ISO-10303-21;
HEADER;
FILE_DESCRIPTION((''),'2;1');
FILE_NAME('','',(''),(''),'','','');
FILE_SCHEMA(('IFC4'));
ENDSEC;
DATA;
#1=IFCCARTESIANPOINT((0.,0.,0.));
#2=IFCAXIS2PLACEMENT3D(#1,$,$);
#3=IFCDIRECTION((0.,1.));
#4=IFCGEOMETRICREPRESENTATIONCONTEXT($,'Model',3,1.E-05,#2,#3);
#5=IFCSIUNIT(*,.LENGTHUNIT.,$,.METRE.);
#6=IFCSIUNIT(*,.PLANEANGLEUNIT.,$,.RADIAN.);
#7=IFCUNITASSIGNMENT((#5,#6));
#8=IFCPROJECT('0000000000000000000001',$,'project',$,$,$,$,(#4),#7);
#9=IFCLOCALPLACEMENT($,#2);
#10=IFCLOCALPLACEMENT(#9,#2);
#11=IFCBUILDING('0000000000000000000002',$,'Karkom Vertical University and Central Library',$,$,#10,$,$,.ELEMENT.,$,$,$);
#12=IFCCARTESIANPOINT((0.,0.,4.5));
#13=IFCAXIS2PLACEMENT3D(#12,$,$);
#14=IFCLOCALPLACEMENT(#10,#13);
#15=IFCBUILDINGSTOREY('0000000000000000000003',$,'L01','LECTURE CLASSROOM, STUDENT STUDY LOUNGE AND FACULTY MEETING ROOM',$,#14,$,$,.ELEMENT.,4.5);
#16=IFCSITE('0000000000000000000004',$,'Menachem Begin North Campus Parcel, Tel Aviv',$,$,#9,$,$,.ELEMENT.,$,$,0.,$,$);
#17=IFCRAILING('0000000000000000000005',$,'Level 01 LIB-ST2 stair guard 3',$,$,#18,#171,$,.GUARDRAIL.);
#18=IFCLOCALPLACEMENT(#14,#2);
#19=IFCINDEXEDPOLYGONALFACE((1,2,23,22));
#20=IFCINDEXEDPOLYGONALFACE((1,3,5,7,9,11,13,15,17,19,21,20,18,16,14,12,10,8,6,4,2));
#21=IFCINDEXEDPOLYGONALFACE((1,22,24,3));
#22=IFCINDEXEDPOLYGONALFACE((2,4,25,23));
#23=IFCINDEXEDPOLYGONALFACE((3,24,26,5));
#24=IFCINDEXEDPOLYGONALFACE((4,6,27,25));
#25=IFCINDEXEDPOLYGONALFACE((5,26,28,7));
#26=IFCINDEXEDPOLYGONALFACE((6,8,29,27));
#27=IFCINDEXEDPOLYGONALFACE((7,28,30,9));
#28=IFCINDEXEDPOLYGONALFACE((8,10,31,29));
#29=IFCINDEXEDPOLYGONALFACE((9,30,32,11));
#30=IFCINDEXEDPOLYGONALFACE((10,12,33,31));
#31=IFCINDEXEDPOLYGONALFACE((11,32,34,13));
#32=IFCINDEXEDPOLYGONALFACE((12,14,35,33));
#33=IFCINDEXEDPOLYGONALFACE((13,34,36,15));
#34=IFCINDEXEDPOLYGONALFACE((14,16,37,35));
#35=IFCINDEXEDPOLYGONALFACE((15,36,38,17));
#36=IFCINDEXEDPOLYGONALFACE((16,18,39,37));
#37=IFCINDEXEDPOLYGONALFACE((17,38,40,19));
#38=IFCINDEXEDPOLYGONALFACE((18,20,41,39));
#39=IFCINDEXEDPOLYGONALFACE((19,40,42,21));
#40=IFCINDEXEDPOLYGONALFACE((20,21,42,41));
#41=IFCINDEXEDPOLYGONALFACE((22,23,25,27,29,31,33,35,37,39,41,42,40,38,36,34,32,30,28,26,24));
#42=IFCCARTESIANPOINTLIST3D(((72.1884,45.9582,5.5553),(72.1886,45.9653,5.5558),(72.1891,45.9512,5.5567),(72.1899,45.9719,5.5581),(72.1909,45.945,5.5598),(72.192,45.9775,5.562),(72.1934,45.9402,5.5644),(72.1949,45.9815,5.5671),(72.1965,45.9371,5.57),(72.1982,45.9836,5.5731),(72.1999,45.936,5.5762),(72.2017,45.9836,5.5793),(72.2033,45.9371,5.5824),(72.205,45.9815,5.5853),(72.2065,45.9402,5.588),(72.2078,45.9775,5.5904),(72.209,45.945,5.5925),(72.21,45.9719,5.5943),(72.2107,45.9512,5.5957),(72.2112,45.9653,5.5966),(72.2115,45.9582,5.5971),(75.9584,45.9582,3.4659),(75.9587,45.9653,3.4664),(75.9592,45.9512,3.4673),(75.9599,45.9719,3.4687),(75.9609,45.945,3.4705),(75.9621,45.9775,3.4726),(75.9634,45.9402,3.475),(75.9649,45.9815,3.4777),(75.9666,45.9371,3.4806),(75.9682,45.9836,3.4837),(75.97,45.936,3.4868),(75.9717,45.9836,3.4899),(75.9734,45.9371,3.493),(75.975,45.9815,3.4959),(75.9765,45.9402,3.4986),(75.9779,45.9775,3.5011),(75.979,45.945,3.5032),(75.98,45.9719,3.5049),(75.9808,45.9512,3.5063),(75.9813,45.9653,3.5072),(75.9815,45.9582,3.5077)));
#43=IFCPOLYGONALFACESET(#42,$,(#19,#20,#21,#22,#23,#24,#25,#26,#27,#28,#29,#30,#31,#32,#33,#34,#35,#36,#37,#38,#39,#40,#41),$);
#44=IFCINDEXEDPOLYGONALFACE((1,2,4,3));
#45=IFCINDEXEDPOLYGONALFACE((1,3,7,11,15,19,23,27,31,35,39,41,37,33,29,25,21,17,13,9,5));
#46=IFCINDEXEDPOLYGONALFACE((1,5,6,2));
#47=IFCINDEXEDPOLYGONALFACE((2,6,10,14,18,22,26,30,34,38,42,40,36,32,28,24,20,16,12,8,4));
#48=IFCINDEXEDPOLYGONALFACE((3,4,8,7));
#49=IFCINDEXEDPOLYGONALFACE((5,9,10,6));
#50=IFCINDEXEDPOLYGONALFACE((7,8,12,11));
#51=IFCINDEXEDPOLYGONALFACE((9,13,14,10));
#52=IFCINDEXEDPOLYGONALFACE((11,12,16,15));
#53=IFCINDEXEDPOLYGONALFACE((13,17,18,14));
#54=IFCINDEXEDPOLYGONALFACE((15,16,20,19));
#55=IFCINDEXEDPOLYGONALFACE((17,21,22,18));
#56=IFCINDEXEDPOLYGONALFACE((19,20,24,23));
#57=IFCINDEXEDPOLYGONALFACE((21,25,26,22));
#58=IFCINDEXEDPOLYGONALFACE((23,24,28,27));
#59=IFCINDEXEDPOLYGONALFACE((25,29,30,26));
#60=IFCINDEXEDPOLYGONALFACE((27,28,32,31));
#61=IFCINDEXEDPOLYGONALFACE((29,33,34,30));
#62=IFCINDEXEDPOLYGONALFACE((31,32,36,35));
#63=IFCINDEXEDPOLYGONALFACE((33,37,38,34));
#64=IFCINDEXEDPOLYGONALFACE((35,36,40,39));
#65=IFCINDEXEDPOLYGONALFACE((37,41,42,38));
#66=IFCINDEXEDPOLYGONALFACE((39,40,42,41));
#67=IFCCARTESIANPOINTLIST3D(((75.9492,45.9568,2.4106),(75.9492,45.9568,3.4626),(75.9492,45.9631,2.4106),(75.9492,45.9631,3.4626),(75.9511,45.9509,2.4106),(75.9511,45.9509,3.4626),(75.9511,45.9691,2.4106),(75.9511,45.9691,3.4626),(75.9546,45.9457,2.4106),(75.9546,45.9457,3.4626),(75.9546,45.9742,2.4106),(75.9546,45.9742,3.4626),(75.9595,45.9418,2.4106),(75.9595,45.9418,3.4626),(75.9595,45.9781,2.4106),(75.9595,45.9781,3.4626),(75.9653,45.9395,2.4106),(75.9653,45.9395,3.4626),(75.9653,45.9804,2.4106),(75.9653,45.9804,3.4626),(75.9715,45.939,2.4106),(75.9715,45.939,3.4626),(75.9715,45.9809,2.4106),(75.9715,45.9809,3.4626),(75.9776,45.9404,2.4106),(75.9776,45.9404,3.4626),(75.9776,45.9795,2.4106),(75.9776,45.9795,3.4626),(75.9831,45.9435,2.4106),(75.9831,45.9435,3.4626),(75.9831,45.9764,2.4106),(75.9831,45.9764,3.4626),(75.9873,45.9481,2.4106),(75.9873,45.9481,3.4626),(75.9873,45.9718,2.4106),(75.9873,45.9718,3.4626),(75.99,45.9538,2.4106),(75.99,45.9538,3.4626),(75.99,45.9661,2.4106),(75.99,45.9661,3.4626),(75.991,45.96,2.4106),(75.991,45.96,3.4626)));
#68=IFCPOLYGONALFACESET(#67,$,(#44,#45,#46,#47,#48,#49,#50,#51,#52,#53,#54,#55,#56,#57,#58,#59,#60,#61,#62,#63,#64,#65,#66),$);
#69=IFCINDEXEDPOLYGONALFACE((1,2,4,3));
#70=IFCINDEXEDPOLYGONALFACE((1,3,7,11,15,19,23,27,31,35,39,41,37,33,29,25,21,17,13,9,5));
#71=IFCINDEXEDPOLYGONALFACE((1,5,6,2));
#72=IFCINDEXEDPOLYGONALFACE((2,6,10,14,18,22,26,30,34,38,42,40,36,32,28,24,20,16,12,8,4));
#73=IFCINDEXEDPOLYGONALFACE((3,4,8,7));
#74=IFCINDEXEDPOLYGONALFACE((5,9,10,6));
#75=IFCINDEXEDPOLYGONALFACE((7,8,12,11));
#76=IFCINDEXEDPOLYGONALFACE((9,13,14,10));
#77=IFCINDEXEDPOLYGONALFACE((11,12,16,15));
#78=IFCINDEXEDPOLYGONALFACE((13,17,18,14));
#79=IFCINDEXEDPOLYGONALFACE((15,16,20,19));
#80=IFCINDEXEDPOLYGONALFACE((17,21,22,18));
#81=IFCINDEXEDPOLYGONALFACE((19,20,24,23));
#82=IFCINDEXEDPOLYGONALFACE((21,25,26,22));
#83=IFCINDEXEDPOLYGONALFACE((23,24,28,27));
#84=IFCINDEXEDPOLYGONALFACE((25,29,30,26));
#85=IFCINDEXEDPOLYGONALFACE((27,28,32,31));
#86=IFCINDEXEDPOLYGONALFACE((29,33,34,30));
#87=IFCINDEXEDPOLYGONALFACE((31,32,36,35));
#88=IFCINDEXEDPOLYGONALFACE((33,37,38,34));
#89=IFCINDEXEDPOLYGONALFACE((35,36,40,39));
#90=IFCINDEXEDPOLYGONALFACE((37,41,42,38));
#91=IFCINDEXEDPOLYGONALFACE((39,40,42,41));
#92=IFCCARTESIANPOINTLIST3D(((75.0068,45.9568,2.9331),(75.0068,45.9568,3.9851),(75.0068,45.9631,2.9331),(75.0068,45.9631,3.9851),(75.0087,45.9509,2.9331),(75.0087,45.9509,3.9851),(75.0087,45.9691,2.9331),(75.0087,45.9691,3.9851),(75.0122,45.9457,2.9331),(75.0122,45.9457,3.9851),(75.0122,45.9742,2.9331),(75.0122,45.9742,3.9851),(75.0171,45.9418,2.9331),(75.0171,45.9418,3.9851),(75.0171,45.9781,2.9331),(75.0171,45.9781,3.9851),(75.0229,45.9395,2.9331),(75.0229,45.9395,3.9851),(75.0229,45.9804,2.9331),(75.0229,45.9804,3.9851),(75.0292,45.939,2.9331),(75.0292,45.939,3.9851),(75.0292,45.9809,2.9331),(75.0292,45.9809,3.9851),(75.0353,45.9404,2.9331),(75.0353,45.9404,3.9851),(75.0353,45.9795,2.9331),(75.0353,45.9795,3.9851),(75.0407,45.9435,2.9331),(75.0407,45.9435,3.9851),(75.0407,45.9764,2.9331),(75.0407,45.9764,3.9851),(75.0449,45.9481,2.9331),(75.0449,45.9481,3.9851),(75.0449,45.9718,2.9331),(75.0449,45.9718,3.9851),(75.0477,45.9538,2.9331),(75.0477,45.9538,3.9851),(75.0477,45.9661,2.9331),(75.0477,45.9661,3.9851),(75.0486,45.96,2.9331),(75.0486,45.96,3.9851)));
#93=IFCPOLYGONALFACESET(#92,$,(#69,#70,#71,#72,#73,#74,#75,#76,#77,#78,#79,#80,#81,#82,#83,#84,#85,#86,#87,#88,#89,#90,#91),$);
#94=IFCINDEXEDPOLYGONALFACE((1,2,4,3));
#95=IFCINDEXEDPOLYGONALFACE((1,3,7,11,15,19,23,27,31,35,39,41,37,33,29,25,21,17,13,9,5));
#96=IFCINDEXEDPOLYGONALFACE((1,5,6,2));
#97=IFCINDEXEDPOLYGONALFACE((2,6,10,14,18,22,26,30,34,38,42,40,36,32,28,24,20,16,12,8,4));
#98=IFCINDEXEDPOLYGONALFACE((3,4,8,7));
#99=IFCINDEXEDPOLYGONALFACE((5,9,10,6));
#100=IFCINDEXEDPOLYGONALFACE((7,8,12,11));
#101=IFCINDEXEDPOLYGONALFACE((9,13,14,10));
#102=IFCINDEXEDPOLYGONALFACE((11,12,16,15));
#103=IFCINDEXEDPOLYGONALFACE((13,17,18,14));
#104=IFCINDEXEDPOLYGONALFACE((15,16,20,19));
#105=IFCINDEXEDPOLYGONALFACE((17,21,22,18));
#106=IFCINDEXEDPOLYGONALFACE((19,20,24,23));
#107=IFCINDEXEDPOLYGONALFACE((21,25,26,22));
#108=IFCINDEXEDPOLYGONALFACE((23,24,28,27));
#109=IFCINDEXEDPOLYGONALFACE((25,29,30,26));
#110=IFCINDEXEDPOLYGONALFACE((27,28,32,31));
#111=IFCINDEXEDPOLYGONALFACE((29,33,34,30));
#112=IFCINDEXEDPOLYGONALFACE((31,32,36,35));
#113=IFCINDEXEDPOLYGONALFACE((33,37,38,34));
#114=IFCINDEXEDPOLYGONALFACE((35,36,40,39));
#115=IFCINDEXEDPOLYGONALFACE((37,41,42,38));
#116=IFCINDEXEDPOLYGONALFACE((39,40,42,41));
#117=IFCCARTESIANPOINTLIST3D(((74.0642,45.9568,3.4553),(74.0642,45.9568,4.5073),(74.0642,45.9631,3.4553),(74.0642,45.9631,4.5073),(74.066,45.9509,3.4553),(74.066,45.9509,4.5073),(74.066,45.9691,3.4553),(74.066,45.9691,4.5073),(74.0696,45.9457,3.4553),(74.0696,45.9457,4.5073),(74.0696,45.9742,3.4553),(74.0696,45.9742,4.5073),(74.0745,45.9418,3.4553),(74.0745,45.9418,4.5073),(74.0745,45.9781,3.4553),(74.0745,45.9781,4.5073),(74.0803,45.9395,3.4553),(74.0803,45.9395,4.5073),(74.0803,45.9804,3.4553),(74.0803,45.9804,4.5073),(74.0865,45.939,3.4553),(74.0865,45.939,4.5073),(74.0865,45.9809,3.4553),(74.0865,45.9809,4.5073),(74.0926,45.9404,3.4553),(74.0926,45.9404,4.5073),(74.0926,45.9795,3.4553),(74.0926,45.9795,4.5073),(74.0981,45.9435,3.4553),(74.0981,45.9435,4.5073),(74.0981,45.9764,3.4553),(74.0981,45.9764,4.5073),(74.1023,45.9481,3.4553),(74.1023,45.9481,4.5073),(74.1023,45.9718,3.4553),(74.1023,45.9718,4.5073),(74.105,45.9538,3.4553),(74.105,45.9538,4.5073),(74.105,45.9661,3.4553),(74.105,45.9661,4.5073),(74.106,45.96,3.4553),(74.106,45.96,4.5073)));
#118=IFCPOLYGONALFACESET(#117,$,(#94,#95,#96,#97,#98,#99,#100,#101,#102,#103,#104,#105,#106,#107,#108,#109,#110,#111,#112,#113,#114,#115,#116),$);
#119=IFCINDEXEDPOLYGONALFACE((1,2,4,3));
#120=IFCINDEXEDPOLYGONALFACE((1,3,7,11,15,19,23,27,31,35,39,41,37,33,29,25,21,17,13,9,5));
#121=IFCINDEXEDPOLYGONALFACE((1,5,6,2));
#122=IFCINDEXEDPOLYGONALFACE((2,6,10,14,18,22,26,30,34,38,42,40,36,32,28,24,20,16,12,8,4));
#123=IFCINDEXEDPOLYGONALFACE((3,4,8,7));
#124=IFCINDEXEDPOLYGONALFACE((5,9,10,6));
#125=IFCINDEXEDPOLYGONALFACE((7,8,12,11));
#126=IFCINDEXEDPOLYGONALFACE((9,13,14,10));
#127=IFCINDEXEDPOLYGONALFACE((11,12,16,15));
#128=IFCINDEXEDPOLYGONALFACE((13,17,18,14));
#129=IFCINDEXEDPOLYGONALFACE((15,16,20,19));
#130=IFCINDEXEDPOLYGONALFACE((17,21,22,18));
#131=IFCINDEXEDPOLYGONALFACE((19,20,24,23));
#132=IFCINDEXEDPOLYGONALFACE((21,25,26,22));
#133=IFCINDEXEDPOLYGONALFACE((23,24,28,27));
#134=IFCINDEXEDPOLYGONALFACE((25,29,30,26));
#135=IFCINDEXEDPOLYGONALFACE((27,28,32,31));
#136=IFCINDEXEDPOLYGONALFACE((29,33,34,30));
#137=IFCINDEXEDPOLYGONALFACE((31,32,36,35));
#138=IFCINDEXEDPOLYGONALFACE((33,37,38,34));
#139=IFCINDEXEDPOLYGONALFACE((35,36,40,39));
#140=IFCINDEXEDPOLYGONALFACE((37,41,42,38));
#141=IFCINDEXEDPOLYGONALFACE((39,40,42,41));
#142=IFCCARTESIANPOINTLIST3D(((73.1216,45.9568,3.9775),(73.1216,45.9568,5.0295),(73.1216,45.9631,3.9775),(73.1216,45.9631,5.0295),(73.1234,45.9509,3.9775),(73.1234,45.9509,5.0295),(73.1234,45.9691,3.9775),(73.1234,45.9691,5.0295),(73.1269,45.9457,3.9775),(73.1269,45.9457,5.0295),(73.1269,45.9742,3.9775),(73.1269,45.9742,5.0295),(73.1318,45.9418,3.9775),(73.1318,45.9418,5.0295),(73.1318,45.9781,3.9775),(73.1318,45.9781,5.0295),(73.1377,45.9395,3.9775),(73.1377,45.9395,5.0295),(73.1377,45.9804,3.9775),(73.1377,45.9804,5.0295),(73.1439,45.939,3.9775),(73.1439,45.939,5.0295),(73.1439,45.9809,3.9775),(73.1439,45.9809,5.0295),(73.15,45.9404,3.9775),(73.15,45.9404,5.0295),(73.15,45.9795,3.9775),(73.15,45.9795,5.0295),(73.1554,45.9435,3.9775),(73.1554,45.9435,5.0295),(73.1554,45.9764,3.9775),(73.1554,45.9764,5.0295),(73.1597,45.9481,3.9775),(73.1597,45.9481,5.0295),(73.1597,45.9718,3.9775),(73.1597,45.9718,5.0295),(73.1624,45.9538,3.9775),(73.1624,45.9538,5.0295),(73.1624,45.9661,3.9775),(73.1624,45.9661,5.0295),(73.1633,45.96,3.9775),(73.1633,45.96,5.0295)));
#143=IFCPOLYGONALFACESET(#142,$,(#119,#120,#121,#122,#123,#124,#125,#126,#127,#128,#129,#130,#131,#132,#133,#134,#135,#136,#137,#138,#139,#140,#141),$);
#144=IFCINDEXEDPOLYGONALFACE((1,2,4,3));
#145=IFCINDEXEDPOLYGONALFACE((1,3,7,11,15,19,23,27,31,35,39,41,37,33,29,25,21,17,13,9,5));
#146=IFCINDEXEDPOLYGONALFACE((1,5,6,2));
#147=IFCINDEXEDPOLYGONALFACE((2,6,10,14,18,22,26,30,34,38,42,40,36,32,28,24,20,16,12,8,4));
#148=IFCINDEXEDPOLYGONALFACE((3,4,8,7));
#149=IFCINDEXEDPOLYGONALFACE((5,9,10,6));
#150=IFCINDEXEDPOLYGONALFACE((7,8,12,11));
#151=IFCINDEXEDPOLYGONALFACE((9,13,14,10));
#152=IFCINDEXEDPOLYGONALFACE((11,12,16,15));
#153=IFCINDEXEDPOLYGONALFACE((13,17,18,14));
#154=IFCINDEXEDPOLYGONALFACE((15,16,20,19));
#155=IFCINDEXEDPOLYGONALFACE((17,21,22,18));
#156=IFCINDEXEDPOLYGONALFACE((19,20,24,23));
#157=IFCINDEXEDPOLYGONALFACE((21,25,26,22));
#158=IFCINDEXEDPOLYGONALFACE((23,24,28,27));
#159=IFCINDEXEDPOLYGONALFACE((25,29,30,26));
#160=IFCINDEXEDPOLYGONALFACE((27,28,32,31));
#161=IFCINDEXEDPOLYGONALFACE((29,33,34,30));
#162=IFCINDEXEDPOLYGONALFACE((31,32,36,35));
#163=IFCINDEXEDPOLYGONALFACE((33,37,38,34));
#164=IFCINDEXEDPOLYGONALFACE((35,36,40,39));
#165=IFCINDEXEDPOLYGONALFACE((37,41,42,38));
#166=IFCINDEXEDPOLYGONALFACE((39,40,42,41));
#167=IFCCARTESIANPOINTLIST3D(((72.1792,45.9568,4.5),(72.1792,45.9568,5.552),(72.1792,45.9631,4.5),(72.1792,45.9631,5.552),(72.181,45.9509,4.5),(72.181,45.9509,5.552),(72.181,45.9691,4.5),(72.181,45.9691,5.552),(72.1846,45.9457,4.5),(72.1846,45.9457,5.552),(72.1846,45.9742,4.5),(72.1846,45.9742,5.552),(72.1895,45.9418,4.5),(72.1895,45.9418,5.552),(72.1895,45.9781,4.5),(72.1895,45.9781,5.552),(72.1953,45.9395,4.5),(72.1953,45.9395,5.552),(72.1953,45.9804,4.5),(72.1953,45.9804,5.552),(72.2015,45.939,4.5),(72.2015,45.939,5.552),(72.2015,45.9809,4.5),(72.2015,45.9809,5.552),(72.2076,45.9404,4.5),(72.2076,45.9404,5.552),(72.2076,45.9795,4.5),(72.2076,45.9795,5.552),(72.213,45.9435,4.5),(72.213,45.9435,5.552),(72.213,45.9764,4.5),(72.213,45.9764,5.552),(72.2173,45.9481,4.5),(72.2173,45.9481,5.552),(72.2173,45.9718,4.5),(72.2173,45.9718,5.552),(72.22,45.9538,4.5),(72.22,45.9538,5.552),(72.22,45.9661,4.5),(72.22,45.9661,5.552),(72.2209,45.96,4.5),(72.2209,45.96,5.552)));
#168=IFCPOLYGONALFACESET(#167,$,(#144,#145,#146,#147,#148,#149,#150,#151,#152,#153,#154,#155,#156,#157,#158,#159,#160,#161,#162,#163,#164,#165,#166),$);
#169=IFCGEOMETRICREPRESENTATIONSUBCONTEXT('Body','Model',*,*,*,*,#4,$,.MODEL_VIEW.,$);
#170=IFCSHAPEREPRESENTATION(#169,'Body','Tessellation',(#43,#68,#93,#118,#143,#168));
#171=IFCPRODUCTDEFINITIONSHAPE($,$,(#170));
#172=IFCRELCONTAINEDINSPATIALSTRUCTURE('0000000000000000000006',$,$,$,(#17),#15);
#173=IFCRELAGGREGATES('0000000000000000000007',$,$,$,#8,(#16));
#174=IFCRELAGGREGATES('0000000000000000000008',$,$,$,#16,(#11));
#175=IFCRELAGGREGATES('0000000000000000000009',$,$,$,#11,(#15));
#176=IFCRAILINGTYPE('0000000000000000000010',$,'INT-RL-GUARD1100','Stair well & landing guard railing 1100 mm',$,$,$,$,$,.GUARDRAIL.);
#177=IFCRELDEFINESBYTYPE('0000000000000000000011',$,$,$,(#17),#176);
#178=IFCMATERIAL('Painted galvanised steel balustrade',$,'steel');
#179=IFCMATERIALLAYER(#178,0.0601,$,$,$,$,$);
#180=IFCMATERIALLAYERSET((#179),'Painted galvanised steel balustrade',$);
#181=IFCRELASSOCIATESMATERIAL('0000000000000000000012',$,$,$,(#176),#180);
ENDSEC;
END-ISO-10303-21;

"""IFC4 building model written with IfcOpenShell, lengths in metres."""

from ifc_helpers import new_model, si_unit, direction, frame, origin, origin_2d, place, context, subcontext, project, spatial, circle, extrude, material, layer, layer_set, type_object, element, save


model = new_model("IFC4")

# Units and contexts
model_context = context("Model", 3, precision=1e-05, world=origin(), true_north=direction((0.0, 1.0)))
body_context = subcontext(model_context, "Body", "Model", "MODEL_VIEW")
ifc_project = project(units=[si_unit("LENGTHUNIT", "METRE"), si_unit("PLANEANGLEUNIT", "RADIAN")], contexts=[model_context])

# Site, building, storey
site_placement = place(None, origin())
site = spatial("IfcSite", under=ifc_project, at=site_placement, Name="Menachem Begin North Campus Parcel, Tel Aviv", CompositionType="ELEMENT", RefElevation=0.0)
building_placement = place(site_placement, origin())
building = spatial("IfcBuilding", under=site, at=building_placement, Name="Karkom Vertical University and Central Library", CompositionType="ELEMENT")
storey_placement = place(building_placement, frame((0.0, 0.0, 4.5)))
storey = spatial("IfcBuildingStorey", under=building, at=storey_placement, Name="L01", Description="LECTURE CLASSROOM, STUDENT STUDY LOUNGE AND FACULTY MEETING ROOM", CompositionType="ELEMENT", Elevation=4.5)

# Railing
ifc_material_1 = material(Name="Painted galvanised steel balustrade", Category="steel")
ifc_layer_1 = layer(ifc_material_1, 0.0601)
ifc_layer_set_1 = layer_set([ifc_layer_1], Name="Painted galvanised steel balustrade")
railing_type_1 = type_object("IfcRailingType", Name="INT-RL-GUARD1100", Description="Stair well & landing guard railing 1100 mm", PredefinedType="GUARDRAIL", material=ifc_layer_set_1)
railing_1_placement = place(storey_placement, frame((75.97, 45.96, 2.4106)))
element("IfcRailing", 1, at=railing_1_placement, inside=storey, type_object=railing_type_1, Name="Level 01 LIB-ST2 stair guard 3", PredefinedType="GUARDRAIL", context=body_context, shape_type="SweptSolid", body=[
    extrude(circle(Radius=0.0239, at=origin_2d()), frame((0.0, 0.0, 1.0762), z_axis=(-0.874659, 0.0, 0.484739), x_axis=(0.0, -1.0, 0.0)), (0.0, 0.0, 1.0), 4.3103),
    extrude(circle(Radius=0.021, at=origin_2d()), origin(), (0.0, 0.0, 1.0), 1.052),
    extrude(circle(Radius=0.021, at=origin_2d()), frame((-0.9424, 0.0, 0.5225)), (0.0, 0.0, 1.0), 1.052),
    extrude(circle(Radius=0.021, at=origin_2d()), frame((-1.885, 0.0, 1.0447)), (0.0, 0.0, 1.0), 1.052),
    extrude(circle(Radius=0.021, at=origin_2d()), frame((-2.8276, 0.0, 1.5669)), (0.0, 0.0, 1.0), 1.052),
    extrude(circle(Radius=0.021, at=origin_2d()), frame((-3.77, 0.0, 2.0894)), (0.0, 0.0, 1.0), 1.052),
])

save(model, "model.ifc")
